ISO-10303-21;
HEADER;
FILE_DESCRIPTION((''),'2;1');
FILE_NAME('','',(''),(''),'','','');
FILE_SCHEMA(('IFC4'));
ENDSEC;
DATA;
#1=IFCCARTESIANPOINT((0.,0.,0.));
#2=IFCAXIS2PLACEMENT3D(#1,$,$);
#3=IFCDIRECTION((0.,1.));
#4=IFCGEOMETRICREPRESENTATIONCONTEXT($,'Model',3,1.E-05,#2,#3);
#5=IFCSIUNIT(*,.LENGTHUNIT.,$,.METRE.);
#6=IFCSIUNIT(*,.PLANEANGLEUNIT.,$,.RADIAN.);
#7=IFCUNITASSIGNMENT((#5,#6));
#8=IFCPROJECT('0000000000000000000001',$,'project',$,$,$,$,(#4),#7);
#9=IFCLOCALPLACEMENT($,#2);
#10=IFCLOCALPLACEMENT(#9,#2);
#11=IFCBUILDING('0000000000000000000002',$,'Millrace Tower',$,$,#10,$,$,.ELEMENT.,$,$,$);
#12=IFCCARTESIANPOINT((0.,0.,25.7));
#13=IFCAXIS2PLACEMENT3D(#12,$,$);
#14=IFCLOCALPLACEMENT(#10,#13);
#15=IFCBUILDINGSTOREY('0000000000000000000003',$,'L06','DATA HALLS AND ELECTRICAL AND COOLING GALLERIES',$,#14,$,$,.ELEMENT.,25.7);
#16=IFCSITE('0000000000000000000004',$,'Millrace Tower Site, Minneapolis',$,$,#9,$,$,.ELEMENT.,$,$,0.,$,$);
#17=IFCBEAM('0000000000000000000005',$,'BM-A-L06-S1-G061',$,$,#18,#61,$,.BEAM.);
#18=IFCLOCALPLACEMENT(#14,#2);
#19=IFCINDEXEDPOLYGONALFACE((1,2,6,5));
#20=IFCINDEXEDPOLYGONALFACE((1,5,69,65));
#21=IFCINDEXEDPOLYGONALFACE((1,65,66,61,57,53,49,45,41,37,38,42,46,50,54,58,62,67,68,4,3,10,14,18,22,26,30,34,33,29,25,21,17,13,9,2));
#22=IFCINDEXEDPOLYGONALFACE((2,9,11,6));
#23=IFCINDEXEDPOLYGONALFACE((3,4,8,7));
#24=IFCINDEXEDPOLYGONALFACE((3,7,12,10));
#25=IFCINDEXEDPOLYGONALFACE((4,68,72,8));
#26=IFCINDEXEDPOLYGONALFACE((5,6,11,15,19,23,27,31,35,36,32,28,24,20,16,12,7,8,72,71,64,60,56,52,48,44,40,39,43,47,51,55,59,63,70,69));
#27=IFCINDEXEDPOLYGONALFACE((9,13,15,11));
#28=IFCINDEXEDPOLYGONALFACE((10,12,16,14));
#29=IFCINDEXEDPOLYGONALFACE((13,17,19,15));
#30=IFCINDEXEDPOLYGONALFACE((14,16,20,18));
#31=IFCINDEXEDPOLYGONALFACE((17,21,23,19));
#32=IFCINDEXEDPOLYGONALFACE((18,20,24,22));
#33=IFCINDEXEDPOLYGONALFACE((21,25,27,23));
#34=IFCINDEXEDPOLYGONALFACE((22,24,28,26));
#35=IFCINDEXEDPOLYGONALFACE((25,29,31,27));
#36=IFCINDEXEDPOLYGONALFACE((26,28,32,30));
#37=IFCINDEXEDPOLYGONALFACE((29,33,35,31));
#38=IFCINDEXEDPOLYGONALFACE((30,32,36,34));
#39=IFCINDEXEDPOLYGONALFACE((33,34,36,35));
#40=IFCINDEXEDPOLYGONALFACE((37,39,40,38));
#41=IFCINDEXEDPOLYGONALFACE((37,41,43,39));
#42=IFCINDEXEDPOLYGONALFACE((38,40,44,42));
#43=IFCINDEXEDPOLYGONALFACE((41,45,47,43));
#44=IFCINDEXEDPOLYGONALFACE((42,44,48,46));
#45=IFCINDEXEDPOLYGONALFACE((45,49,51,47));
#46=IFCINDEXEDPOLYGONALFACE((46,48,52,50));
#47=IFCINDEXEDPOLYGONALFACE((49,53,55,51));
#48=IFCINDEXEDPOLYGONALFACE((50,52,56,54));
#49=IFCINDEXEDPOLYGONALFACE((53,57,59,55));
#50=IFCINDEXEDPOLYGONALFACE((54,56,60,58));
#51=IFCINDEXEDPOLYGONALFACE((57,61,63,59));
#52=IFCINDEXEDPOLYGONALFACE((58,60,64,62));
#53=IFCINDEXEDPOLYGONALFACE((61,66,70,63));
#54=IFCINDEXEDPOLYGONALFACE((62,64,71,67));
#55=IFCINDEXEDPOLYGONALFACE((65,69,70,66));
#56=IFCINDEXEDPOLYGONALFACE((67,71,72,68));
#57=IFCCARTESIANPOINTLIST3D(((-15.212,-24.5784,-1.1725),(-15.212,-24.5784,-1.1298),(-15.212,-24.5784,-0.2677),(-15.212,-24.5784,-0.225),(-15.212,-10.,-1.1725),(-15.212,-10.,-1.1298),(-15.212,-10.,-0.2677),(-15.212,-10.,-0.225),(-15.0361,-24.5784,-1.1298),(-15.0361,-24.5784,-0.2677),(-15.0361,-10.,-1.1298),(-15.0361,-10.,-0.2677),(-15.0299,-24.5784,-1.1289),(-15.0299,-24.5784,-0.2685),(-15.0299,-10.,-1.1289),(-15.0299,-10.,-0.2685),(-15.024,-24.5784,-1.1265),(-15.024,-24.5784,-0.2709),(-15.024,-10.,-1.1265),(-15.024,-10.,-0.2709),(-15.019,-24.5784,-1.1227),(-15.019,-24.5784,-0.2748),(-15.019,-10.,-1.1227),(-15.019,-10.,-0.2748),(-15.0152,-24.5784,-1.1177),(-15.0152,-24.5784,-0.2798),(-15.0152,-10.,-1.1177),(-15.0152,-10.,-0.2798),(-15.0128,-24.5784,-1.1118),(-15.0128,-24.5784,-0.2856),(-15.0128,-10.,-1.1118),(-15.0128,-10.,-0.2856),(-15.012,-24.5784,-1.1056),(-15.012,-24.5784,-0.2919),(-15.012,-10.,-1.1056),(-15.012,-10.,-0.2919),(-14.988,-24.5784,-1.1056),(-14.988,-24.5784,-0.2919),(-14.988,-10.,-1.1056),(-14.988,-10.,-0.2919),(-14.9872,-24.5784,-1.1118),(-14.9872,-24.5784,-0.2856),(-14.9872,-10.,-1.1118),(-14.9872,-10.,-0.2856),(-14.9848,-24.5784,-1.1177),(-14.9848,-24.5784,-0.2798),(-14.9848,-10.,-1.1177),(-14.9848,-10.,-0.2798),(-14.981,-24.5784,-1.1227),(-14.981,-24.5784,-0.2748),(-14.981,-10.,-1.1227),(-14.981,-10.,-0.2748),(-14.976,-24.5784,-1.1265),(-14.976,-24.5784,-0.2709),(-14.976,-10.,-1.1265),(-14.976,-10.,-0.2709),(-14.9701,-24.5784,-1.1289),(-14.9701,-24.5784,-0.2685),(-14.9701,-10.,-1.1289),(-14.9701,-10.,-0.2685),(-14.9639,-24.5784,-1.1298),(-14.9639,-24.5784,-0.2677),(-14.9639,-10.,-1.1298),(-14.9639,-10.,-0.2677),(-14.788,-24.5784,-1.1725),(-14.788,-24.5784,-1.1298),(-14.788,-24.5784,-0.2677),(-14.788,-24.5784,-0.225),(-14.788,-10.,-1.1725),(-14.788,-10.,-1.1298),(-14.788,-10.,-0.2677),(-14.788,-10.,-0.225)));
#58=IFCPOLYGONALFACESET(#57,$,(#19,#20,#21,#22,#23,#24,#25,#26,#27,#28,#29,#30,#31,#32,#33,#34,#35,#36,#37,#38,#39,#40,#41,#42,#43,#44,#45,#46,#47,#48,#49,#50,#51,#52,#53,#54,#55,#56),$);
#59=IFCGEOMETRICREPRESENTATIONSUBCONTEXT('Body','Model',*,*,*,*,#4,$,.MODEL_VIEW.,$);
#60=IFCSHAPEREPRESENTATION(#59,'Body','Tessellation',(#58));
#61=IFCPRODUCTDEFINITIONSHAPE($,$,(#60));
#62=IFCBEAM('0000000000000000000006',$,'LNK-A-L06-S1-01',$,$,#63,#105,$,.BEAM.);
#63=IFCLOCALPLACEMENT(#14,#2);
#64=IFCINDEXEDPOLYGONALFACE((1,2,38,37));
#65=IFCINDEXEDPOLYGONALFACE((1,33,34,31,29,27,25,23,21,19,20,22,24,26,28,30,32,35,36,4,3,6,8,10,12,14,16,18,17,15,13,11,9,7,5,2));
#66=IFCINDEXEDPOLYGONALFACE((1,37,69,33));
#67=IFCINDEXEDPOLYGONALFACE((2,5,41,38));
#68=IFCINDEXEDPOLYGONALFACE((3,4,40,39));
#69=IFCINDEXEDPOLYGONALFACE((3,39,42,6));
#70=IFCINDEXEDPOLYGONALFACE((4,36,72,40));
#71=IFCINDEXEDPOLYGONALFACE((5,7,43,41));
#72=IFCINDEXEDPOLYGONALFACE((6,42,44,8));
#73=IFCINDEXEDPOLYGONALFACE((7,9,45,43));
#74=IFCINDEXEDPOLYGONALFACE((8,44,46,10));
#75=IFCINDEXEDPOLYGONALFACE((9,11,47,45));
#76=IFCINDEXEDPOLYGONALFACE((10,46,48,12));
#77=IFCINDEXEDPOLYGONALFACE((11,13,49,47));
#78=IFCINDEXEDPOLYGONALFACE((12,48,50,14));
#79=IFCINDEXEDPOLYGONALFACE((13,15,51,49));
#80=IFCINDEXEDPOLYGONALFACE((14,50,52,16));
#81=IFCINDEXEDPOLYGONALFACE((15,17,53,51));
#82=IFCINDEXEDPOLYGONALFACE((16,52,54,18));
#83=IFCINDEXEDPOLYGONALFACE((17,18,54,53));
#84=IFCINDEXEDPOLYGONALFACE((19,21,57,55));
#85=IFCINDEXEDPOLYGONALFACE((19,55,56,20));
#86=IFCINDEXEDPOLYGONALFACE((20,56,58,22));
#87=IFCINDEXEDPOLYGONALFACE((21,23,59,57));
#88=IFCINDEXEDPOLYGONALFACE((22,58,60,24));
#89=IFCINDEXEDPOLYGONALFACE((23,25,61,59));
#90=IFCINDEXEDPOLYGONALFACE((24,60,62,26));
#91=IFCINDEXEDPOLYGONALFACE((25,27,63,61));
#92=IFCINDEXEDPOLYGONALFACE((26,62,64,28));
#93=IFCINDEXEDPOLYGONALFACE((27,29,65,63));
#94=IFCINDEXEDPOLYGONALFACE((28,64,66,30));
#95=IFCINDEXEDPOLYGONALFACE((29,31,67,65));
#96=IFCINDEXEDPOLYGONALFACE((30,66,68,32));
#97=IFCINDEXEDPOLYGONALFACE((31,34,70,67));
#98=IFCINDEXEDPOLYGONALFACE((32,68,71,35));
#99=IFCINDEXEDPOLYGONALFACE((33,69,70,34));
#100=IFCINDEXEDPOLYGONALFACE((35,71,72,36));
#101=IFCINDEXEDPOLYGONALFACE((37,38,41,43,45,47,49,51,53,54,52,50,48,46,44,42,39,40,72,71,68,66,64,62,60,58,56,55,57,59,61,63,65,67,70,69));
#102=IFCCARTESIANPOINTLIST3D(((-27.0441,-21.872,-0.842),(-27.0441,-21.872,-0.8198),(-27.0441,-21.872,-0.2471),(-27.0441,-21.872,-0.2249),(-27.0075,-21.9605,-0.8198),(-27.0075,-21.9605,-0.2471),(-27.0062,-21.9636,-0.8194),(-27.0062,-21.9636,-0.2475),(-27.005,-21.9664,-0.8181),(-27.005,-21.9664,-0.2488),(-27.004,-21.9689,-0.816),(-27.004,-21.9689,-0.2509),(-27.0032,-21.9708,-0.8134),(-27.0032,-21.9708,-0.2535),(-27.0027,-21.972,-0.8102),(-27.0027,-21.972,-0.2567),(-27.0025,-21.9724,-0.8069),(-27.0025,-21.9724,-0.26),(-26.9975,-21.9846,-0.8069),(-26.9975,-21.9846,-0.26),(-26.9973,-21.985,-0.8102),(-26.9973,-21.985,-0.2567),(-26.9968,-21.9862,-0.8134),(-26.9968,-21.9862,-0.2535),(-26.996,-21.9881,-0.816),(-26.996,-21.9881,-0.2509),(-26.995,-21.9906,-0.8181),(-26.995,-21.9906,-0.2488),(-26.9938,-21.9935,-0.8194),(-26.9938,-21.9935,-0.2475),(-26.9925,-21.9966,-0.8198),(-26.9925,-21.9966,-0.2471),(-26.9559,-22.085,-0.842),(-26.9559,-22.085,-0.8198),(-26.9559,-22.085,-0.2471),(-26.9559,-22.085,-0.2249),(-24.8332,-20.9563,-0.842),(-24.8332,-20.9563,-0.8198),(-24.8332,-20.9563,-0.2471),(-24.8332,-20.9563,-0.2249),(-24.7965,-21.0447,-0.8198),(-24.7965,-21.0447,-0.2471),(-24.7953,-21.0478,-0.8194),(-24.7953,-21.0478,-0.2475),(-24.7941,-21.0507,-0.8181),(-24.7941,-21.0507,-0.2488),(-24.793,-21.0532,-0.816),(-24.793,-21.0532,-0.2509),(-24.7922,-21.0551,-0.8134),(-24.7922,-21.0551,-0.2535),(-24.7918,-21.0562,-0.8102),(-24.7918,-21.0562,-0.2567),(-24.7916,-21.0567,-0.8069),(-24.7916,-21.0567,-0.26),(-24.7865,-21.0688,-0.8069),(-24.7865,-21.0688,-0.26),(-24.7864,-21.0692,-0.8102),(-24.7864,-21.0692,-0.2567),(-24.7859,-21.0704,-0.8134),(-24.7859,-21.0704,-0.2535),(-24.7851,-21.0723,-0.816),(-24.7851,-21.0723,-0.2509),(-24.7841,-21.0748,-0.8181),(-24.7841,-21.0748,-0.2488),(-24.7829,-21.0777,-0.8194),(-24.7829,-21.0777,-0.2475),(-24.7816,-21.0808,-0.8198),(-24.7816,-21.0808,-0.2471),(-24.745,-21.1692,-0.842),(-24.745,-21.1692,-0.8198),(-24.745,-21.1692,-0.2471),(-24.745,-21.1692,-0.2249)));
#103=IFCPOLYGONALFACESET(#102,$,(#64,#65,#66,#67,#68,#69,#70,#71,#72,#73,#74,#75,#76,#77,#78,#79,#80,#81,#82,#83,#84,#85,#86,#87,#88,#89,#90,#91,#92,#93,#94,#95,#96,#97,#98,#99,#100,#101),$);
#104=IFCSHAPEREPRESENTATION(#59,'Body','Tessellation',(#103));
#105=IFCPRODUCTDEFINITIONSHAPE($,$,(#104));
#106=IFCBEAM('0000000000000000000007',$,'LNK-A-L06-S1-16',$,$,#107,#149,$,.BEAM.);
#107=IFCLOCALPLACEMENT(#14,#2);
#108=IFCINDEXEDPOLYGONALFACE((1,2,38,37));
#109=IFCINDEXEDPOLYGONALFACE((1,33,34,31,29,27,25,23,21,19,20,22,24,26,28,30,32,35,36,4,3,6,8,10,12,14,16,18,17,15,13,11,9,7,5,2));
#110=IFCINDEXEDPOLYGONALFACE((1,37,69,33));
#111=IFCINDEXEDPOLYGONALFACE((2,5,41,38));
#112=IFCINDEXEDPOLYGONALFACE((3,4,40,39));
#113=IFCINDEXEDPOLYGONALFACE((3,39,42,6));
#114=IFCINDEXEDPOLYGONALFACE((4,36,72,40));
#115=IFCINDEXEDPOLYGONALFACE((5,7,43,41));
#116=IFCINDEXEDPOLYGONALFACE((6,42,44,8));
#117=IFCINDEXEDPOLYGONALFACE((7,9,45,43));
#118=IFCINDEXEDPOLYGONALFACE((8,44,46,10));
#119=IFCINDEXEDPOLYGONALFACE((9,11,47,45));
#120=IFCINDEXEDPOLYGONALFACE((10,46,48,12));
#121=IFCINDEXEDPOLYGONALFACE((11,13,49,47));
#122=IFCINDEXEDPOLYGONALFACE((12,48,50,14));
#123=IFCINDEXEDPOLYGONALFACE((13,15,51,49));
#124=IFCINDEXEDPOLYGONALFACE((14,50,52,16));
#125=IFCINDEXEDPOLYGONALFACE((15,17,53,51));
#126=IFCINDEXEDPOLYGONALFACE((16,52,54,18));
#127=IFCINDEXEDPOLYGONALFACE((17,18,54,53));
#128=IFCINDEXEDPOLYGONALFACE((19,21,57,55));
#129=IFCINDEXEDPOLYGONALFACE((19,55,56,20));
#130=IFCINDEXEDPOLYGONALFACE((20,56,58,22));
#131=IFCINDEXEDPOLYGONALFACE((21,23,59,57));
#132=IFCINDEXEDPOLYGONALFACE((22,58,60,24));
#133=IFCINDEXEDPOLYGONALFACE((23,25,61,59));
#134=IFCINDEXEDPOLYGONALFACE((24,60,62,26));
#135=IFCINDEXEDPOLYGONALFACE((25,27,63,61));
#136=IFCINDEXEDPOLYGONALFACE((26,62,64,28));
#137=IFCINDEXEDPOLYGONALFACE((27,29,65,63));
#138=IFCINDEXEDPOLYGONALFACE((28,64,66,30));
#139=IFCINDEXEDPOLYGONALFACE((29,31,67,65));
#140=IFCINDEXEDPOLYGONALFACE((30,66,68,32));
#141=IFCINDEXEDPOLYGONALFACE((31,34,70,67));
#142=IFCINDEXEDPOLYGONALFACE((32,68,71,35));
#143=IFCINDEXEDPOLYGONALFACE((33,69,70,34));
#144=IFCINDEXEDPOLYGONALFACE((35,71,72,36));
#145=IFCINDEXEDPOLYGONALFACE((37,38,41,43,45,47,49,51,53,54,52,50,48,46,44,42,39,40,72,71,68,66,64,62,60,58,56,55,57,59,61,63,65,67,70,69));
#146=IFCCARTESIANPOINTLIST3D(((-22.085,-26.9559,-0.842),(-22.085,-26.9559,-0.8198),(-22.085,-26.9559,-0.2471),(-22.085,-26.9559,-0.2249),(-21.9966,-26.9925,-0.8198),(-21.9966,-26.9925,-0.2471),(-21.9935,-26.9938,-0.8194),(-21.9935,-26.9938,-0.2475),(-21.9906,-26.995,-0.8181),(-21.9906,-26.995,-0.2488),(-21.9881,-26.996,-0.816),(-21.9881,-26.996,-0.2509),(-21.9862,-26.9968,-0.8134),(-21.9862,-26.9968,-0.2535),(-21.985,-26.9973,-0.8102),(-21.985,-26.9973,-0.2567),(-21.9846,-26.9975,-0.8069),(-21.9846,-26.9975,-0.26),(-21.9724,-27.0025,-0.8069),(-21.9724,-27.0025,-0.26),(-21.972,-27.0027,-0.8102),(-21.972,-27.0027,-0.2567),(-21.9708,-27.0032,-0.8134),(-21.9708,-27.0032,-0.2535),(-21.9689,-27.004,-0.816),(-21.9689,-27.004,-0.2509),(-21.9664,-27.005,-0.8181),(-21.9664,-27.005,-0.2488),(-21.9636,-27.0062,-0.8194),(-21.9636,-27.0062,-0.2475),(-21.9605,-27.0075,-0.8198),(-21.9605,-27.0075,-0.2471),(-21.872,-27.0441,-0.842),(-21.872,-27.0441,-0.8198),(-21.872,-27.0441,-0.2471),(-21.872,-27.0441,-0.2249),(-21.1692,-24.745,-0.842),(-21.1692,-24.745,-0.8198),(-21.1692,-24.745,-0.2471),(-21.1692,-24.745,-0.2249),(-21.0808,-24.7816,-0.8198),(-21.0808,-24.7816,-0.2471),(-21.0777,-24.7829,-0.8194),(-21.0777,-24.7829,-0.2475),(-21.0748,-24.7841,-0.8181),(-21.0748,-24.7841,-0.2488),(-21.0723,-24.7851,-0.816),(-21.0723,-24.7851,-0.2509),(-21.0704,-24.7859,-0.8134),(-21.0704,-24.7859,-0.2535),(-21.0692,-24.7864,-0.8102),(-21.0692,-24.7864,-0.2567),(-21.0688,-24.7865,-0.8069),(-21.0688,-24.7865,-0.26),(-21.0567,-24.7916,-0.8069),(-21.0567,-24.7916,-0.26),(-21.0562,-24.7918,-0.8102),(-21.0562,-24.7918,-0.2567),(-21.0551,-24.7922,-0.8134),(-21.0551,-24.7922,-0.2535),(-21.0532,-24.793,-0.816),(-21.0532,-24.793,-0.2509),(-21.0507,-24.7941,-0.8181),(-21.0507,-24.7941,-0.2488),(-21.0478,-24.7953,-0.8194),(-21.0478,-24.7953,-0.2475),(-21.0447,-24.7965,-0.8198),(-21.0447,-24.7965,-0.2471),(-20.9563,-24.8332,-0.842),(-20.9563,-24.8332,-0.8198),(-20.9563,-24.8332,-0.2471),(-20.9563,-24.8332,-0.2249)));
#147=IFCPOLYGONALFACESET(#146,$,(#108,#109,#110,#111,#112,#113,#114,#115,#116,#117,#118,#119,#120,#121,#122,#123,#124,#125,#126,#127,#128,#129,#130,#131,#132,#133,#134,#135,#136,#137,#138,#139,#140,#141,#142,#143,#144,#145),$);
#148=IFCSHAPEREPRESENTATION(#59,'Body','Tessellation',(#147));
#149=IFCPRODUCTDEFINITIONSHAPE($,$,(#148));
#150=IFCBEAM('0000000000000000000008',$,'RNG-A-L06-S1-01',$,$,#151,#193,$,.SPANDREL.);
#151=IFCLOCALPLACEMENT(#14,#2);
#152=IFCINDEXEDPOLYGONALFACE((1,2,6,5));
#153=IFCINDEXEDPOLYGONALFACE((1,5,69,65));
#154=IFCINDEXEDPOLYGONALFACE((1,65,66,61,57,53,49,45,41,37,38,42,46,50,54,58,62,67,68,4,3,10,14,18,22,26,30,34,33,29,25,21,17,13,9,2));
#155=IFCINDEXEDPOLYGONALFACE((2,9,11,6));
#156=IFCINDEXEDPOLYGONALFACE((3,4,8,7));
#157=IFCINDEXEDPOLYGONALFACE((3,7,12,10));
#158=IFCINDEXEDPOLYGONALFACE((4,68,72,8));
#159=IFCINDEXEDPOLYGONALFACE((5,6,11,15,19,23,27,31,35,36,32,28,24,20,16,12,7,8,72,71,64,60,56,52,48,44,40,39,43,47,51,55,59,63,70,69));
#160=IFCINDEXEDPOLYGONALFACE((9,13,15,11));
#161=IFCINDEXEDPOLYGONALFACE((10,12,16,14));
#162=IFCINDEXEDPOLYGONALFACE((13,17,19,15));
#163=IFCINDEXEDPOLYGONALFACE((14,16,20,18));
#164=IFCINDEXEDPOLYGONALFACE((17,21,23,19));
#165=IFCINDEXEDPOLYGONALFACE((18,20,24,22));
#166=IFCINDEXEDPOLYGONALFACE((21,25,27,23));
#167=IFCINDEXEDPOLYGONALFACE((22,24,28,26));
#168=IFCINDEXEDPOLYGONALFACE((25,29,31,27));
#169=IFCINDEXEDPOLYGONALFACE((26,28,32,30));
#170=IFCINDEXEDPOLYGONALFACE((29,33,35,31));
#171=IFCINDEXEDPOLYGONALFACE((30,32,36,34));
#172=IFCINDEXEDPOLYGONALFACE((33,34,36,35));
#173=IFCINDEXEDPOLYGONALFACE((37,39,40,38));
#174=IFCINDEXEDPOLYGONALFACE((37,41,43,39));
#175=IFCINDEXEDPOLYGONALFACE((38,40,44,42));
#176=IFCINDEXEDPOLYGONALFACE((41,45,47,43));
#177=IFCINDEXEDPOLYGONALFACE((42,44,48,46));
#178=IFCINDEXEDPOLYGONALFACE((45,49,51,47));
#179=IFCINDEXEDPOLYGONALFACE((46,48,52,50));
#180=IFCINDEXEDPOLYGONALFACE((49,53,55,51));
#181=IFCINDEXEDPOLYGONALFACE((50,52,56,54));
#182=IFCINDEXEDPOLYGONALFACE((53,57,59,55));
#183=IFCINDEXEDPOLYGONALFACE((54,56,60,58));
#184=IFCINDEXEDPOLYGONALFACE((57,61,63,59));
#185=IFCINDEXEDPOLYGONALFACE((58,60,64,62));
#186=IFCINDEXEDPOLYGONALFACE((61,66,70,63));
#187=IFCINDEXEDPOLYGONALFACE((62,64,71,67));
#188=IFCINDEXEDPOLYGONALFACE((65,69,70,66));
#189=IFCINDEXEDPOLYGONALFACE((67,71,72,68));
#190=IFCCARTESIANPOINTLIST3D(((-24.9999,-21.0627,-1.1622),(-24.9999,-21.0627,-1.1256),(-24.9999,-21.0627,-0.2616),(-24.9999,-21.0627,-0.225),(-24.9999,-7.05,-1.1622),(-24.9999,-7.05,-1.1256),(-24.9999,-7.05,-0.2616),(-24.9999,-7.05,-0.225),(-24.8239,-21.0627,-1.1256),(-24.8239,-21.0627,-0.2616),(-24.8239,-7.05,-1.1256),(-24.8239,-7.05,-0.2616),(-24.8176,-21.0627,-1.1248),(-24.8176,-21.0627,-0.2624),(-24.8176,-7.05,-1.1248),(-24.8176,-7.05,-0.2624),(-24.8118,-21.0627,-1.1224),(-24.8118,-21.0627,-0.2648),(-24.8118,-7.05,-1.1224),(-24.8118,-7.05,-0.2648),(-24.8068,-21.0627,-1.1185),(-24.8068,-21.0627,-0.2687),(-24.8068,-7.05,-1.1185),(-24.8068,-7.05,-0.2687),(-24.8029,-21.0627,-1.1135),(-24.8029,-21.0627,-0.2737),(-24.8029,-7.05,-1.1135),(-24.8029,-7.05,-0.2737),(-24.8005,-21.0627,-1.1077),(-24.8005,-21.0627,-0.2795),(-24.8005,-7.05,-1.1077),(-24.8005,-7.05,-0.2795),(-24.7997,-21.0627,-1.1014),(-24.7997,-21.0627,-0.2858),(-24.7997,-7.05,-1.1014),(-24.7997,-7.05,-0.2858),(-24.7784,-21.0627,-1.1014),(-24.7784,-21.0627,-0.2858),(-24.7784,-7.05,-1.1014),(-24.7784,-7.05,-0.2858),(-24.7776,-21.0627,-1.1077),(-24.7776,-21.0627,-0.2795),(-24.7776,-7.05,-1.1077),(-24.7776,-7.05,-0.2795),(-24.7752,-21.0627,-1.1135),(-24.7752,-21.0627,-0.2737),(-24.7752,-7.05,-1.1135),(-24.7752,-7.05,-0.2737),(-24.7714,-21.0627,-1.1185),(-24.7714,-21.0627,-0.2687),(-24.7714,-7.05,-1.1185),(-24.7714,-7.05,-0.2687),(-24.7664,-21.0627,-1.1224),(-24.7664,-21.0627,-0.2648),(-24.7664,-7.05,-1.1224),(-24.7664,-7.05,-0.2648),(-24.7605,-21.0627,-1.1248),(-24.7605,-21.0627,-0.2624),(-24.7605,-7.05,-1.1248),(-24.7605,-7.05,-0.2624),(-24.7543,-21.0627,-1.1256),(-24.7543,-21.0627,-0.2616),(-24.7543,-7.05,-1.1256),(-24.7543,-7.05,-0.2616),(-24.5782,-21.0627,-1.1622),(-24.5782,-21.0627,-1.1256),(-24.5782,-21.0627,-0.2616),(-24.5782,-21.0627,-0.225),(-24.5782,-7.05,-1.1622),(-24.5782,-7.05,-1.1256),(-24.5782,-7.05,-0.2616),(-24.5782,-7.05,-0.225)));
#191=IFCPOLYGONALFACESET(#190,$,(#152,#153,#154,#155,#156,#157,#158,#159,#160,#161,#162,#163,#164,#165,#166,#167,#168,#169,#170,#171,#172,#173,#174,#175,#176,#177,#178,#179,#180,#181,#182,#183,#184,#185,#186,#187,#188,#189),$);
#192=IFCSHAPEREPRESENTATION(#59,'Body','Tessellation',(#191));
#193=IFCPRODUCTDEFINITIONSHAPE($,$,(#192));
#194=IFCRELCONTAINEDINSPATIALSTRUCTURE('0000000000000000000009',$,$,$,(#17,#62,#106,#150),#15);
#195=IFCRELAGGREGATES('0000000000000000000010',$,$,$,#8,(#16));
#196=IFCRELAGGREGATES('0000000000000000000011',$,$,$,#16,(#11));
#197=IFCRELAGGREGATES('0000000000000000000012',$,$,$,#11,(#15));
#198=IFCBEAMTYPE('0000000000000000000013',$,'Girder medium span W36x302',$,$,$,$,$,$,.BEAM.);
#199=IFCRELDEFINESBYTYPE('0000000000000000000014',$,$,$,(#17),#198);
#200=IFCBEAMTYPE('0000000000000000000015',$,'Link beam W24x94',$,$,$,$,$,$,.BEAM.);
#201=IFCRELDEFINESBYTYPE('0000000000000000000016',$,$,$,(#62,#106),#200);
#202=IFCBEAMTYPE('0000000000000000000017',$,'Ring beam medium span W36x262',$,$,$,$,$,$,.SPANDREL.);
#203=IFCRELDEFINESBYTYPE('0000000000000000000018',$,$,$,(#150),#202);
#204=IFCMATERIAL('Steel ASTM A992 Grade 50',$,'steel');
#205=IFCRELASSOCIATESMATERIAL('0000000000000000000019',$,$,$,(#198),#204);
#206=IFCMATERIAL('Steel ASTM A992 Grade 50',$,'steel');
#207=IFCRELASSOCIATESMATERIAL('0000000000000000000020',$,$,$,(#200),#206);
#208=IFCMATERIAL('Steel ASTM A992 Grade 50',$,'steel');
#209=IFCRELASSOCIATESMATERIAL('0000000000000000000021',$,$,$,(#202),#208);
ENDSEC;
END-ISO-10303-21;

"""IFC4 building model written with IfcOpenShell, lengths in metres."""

from ifc_helpers import new_model, si_unit, direction, frame, origin, origin_2d, place, context, subcontext, project, spatial, i_section, extrude, material, material_profile, profile_set, type_object, element, save


model = new_model("IFC4")

# Units and contexts
model_context = context("Model", 3, precision=1e-05, world=origin(), true_north=direction((0.0, 1.0)))
body_context = subcontext(model_context, "Body", "Model", "MODEL_VIEW")
ifc_project = project(units=[si_unit("LENGTHUNIT", "METRE"), si_unit("PLANEANGLEUNIT", "RADIAN")], contexts=[model_context])

# Site, building, storey
site_placement = place(None, origin())
site = spatial("IfcSite", under=ifc_project, at=site_placement, Name="Millrace Tower Site, Minneapolis", CompositionType="ELEMENT", RefElevation=0.0)
building_placement = place(site_placement, origin())
building = spatial("IfcBuilding", under=site, at=building_placement, Name="Millrace Tower", CompositionType="ELEMENT")
storey_placement = place(building_placement, frame((0.0, 0.0, 25.7)))
storey = spatial("IfcBuildingStorey", under=building, at=storey_placement, Name="L06", Description="DATA HALLS AND ELECTRICAL AND COOLING GALLERIES", CompositionType="ELEMENT", Elevation=25.7)

# Beams
ifc_material_1 = material(Name="Steel ASTM A992 Grade 50", Category="steel")
ifc_material_profile_1 = material_profile(ifc_material_1, i_section(OverallWidth=0.4241, OverallDepth=0.9475, WebThickness=0.0239, FlangeThickness=0.0427, FilletRadius=0.0242, at=origin_2d()))
ifc_profile_set_1 = profile_set([ifc_material_profile_1], Name="Steel ASTM A992 Grade 50")
beam_type_1 = type_object("IfcBeamType", Name="Girder medium span W36x302", PredefinedType="BEAM", material=ifc_profile_set_1)
beam_1_placement = place(storey_placement, frame((-15.0, -24.5784, -0.6987), z_axis=(0.0, 1.0, 0.0), x_axis=(-1.0, 0.0, 0.0)))
element("IfcBeam", 1, at=beam_1_placement, inside=storey, type_object=beam_type_1, Name="BM-A-L06-S1-G061", PredefinedType="BEAM", context=body_context, shape_type="SweptSolid", body=[
    extrude(i_section(OverallWidth=0.4241, OverallDepth=0.9475, WebThickness=0.0239, FlangeThickness=0.0427, FilletRadius=0.0242, at=origin_2d()), origin(), (0.0, 0.0, 1.0), 14.5784),
])
ifc_material_2 = material(Name="Steel ASTM A992 Grade 50", Category="steel")
ifc_material_profile_2 = material_profile(ifc_material_2, i_section(OverallWidth=0.2305, OverallDepth=0.6172, WebThickness=0.0132, FlangeThickness=0.0222, FilletRadius=0.0129, at=origin_2d()))
ifc_profile_set_2 = profile_set([ifc_material_profile_2], Name="Steel ASTM A992 Grade 50")
beam_type_2 = type_object("IfcBeamType", Name="Link beam W24x94", PredefinedType="BEAM", material=ifc_profile_set_2)
for number, where, z_axis, x_axis, name in (
    (2, (-24.7891, -21.0627, -0.5334), (-0.923884, -0.382673, 0.0), (0.382673, -0.923884, 0.0), "LNK-A-L06-S1-01"),
    (3, (-21.0627, -24.7891, -0.5334), (-0.382673, -0.923884, 0.0), (0.923884, -0.382673, 0.0), "LNK-A-L06-S1-16"),
):
    element("IfcBeam", number, at=place(storey_placement, frame(where, z_axis=z_axis, x_axis=x_axis)), inside=storey, type_object=beam_type_2, Name=name, PredefinedType="BEAM", context=body_context, shape_type="SweptSolid", body=[
        extrude(i_section(OverallWidth=0.2305, OverallDepth=0.6172, WebThickness=0.0132, FlangeThickness=0.0222, FilletRadius=0.0129, at=origin_2d()), origin(), (0.0, 0.0, 1.0), 2.3931),
    ])
ifc_material_3 = material(Name="Steel ASTM A992 Grade 50", Category="steel")
ifc_material_profile_3 = material_profile(ifc_material_3, i_section(OverallWidth=0.4216, OverallDepth=0.9373, WebThickness=0.0212, FlangeThickness=0.0366, FilletRadius=0.0242, at=origin_2d()))
ifc_profile_set_3 = profile_set([ifc_material_profile_3], Name="Steel ASTM A992 Grade 50")
beam_type_3 = type_object("IfcBeamType", Name="Ring beam medium span W36x262", PredefinedType="SPANDREL", material=ifc_profile_set_3)
beam_2_placement = place(storey_placement, frame((-24.7891, -21.0627, -0.6936), z_axis=(0.0, 1.0, 0.0), x_axis=(-1.0, 0.0, 0.0)))
element("IfcBeam", 4, at=beam_2_placement, inside=storey, type_object=beam_type_3, Name="RNG-A-L06-S1-01", PredefinedType="SPANDREL", context=body_context, shape_type="SweptSolid", body=[
    extrude(i_section(OverallWidth=0.4216, OverallDepth=0.9373, WebThickness=0.0212, FlangeThickness=0.0366, FilletRadius=0.0242, at=origin_2d()), origin(), (0.0, 0.0, 1.0), 14.0127),
])

save(model, "model.ifc")
